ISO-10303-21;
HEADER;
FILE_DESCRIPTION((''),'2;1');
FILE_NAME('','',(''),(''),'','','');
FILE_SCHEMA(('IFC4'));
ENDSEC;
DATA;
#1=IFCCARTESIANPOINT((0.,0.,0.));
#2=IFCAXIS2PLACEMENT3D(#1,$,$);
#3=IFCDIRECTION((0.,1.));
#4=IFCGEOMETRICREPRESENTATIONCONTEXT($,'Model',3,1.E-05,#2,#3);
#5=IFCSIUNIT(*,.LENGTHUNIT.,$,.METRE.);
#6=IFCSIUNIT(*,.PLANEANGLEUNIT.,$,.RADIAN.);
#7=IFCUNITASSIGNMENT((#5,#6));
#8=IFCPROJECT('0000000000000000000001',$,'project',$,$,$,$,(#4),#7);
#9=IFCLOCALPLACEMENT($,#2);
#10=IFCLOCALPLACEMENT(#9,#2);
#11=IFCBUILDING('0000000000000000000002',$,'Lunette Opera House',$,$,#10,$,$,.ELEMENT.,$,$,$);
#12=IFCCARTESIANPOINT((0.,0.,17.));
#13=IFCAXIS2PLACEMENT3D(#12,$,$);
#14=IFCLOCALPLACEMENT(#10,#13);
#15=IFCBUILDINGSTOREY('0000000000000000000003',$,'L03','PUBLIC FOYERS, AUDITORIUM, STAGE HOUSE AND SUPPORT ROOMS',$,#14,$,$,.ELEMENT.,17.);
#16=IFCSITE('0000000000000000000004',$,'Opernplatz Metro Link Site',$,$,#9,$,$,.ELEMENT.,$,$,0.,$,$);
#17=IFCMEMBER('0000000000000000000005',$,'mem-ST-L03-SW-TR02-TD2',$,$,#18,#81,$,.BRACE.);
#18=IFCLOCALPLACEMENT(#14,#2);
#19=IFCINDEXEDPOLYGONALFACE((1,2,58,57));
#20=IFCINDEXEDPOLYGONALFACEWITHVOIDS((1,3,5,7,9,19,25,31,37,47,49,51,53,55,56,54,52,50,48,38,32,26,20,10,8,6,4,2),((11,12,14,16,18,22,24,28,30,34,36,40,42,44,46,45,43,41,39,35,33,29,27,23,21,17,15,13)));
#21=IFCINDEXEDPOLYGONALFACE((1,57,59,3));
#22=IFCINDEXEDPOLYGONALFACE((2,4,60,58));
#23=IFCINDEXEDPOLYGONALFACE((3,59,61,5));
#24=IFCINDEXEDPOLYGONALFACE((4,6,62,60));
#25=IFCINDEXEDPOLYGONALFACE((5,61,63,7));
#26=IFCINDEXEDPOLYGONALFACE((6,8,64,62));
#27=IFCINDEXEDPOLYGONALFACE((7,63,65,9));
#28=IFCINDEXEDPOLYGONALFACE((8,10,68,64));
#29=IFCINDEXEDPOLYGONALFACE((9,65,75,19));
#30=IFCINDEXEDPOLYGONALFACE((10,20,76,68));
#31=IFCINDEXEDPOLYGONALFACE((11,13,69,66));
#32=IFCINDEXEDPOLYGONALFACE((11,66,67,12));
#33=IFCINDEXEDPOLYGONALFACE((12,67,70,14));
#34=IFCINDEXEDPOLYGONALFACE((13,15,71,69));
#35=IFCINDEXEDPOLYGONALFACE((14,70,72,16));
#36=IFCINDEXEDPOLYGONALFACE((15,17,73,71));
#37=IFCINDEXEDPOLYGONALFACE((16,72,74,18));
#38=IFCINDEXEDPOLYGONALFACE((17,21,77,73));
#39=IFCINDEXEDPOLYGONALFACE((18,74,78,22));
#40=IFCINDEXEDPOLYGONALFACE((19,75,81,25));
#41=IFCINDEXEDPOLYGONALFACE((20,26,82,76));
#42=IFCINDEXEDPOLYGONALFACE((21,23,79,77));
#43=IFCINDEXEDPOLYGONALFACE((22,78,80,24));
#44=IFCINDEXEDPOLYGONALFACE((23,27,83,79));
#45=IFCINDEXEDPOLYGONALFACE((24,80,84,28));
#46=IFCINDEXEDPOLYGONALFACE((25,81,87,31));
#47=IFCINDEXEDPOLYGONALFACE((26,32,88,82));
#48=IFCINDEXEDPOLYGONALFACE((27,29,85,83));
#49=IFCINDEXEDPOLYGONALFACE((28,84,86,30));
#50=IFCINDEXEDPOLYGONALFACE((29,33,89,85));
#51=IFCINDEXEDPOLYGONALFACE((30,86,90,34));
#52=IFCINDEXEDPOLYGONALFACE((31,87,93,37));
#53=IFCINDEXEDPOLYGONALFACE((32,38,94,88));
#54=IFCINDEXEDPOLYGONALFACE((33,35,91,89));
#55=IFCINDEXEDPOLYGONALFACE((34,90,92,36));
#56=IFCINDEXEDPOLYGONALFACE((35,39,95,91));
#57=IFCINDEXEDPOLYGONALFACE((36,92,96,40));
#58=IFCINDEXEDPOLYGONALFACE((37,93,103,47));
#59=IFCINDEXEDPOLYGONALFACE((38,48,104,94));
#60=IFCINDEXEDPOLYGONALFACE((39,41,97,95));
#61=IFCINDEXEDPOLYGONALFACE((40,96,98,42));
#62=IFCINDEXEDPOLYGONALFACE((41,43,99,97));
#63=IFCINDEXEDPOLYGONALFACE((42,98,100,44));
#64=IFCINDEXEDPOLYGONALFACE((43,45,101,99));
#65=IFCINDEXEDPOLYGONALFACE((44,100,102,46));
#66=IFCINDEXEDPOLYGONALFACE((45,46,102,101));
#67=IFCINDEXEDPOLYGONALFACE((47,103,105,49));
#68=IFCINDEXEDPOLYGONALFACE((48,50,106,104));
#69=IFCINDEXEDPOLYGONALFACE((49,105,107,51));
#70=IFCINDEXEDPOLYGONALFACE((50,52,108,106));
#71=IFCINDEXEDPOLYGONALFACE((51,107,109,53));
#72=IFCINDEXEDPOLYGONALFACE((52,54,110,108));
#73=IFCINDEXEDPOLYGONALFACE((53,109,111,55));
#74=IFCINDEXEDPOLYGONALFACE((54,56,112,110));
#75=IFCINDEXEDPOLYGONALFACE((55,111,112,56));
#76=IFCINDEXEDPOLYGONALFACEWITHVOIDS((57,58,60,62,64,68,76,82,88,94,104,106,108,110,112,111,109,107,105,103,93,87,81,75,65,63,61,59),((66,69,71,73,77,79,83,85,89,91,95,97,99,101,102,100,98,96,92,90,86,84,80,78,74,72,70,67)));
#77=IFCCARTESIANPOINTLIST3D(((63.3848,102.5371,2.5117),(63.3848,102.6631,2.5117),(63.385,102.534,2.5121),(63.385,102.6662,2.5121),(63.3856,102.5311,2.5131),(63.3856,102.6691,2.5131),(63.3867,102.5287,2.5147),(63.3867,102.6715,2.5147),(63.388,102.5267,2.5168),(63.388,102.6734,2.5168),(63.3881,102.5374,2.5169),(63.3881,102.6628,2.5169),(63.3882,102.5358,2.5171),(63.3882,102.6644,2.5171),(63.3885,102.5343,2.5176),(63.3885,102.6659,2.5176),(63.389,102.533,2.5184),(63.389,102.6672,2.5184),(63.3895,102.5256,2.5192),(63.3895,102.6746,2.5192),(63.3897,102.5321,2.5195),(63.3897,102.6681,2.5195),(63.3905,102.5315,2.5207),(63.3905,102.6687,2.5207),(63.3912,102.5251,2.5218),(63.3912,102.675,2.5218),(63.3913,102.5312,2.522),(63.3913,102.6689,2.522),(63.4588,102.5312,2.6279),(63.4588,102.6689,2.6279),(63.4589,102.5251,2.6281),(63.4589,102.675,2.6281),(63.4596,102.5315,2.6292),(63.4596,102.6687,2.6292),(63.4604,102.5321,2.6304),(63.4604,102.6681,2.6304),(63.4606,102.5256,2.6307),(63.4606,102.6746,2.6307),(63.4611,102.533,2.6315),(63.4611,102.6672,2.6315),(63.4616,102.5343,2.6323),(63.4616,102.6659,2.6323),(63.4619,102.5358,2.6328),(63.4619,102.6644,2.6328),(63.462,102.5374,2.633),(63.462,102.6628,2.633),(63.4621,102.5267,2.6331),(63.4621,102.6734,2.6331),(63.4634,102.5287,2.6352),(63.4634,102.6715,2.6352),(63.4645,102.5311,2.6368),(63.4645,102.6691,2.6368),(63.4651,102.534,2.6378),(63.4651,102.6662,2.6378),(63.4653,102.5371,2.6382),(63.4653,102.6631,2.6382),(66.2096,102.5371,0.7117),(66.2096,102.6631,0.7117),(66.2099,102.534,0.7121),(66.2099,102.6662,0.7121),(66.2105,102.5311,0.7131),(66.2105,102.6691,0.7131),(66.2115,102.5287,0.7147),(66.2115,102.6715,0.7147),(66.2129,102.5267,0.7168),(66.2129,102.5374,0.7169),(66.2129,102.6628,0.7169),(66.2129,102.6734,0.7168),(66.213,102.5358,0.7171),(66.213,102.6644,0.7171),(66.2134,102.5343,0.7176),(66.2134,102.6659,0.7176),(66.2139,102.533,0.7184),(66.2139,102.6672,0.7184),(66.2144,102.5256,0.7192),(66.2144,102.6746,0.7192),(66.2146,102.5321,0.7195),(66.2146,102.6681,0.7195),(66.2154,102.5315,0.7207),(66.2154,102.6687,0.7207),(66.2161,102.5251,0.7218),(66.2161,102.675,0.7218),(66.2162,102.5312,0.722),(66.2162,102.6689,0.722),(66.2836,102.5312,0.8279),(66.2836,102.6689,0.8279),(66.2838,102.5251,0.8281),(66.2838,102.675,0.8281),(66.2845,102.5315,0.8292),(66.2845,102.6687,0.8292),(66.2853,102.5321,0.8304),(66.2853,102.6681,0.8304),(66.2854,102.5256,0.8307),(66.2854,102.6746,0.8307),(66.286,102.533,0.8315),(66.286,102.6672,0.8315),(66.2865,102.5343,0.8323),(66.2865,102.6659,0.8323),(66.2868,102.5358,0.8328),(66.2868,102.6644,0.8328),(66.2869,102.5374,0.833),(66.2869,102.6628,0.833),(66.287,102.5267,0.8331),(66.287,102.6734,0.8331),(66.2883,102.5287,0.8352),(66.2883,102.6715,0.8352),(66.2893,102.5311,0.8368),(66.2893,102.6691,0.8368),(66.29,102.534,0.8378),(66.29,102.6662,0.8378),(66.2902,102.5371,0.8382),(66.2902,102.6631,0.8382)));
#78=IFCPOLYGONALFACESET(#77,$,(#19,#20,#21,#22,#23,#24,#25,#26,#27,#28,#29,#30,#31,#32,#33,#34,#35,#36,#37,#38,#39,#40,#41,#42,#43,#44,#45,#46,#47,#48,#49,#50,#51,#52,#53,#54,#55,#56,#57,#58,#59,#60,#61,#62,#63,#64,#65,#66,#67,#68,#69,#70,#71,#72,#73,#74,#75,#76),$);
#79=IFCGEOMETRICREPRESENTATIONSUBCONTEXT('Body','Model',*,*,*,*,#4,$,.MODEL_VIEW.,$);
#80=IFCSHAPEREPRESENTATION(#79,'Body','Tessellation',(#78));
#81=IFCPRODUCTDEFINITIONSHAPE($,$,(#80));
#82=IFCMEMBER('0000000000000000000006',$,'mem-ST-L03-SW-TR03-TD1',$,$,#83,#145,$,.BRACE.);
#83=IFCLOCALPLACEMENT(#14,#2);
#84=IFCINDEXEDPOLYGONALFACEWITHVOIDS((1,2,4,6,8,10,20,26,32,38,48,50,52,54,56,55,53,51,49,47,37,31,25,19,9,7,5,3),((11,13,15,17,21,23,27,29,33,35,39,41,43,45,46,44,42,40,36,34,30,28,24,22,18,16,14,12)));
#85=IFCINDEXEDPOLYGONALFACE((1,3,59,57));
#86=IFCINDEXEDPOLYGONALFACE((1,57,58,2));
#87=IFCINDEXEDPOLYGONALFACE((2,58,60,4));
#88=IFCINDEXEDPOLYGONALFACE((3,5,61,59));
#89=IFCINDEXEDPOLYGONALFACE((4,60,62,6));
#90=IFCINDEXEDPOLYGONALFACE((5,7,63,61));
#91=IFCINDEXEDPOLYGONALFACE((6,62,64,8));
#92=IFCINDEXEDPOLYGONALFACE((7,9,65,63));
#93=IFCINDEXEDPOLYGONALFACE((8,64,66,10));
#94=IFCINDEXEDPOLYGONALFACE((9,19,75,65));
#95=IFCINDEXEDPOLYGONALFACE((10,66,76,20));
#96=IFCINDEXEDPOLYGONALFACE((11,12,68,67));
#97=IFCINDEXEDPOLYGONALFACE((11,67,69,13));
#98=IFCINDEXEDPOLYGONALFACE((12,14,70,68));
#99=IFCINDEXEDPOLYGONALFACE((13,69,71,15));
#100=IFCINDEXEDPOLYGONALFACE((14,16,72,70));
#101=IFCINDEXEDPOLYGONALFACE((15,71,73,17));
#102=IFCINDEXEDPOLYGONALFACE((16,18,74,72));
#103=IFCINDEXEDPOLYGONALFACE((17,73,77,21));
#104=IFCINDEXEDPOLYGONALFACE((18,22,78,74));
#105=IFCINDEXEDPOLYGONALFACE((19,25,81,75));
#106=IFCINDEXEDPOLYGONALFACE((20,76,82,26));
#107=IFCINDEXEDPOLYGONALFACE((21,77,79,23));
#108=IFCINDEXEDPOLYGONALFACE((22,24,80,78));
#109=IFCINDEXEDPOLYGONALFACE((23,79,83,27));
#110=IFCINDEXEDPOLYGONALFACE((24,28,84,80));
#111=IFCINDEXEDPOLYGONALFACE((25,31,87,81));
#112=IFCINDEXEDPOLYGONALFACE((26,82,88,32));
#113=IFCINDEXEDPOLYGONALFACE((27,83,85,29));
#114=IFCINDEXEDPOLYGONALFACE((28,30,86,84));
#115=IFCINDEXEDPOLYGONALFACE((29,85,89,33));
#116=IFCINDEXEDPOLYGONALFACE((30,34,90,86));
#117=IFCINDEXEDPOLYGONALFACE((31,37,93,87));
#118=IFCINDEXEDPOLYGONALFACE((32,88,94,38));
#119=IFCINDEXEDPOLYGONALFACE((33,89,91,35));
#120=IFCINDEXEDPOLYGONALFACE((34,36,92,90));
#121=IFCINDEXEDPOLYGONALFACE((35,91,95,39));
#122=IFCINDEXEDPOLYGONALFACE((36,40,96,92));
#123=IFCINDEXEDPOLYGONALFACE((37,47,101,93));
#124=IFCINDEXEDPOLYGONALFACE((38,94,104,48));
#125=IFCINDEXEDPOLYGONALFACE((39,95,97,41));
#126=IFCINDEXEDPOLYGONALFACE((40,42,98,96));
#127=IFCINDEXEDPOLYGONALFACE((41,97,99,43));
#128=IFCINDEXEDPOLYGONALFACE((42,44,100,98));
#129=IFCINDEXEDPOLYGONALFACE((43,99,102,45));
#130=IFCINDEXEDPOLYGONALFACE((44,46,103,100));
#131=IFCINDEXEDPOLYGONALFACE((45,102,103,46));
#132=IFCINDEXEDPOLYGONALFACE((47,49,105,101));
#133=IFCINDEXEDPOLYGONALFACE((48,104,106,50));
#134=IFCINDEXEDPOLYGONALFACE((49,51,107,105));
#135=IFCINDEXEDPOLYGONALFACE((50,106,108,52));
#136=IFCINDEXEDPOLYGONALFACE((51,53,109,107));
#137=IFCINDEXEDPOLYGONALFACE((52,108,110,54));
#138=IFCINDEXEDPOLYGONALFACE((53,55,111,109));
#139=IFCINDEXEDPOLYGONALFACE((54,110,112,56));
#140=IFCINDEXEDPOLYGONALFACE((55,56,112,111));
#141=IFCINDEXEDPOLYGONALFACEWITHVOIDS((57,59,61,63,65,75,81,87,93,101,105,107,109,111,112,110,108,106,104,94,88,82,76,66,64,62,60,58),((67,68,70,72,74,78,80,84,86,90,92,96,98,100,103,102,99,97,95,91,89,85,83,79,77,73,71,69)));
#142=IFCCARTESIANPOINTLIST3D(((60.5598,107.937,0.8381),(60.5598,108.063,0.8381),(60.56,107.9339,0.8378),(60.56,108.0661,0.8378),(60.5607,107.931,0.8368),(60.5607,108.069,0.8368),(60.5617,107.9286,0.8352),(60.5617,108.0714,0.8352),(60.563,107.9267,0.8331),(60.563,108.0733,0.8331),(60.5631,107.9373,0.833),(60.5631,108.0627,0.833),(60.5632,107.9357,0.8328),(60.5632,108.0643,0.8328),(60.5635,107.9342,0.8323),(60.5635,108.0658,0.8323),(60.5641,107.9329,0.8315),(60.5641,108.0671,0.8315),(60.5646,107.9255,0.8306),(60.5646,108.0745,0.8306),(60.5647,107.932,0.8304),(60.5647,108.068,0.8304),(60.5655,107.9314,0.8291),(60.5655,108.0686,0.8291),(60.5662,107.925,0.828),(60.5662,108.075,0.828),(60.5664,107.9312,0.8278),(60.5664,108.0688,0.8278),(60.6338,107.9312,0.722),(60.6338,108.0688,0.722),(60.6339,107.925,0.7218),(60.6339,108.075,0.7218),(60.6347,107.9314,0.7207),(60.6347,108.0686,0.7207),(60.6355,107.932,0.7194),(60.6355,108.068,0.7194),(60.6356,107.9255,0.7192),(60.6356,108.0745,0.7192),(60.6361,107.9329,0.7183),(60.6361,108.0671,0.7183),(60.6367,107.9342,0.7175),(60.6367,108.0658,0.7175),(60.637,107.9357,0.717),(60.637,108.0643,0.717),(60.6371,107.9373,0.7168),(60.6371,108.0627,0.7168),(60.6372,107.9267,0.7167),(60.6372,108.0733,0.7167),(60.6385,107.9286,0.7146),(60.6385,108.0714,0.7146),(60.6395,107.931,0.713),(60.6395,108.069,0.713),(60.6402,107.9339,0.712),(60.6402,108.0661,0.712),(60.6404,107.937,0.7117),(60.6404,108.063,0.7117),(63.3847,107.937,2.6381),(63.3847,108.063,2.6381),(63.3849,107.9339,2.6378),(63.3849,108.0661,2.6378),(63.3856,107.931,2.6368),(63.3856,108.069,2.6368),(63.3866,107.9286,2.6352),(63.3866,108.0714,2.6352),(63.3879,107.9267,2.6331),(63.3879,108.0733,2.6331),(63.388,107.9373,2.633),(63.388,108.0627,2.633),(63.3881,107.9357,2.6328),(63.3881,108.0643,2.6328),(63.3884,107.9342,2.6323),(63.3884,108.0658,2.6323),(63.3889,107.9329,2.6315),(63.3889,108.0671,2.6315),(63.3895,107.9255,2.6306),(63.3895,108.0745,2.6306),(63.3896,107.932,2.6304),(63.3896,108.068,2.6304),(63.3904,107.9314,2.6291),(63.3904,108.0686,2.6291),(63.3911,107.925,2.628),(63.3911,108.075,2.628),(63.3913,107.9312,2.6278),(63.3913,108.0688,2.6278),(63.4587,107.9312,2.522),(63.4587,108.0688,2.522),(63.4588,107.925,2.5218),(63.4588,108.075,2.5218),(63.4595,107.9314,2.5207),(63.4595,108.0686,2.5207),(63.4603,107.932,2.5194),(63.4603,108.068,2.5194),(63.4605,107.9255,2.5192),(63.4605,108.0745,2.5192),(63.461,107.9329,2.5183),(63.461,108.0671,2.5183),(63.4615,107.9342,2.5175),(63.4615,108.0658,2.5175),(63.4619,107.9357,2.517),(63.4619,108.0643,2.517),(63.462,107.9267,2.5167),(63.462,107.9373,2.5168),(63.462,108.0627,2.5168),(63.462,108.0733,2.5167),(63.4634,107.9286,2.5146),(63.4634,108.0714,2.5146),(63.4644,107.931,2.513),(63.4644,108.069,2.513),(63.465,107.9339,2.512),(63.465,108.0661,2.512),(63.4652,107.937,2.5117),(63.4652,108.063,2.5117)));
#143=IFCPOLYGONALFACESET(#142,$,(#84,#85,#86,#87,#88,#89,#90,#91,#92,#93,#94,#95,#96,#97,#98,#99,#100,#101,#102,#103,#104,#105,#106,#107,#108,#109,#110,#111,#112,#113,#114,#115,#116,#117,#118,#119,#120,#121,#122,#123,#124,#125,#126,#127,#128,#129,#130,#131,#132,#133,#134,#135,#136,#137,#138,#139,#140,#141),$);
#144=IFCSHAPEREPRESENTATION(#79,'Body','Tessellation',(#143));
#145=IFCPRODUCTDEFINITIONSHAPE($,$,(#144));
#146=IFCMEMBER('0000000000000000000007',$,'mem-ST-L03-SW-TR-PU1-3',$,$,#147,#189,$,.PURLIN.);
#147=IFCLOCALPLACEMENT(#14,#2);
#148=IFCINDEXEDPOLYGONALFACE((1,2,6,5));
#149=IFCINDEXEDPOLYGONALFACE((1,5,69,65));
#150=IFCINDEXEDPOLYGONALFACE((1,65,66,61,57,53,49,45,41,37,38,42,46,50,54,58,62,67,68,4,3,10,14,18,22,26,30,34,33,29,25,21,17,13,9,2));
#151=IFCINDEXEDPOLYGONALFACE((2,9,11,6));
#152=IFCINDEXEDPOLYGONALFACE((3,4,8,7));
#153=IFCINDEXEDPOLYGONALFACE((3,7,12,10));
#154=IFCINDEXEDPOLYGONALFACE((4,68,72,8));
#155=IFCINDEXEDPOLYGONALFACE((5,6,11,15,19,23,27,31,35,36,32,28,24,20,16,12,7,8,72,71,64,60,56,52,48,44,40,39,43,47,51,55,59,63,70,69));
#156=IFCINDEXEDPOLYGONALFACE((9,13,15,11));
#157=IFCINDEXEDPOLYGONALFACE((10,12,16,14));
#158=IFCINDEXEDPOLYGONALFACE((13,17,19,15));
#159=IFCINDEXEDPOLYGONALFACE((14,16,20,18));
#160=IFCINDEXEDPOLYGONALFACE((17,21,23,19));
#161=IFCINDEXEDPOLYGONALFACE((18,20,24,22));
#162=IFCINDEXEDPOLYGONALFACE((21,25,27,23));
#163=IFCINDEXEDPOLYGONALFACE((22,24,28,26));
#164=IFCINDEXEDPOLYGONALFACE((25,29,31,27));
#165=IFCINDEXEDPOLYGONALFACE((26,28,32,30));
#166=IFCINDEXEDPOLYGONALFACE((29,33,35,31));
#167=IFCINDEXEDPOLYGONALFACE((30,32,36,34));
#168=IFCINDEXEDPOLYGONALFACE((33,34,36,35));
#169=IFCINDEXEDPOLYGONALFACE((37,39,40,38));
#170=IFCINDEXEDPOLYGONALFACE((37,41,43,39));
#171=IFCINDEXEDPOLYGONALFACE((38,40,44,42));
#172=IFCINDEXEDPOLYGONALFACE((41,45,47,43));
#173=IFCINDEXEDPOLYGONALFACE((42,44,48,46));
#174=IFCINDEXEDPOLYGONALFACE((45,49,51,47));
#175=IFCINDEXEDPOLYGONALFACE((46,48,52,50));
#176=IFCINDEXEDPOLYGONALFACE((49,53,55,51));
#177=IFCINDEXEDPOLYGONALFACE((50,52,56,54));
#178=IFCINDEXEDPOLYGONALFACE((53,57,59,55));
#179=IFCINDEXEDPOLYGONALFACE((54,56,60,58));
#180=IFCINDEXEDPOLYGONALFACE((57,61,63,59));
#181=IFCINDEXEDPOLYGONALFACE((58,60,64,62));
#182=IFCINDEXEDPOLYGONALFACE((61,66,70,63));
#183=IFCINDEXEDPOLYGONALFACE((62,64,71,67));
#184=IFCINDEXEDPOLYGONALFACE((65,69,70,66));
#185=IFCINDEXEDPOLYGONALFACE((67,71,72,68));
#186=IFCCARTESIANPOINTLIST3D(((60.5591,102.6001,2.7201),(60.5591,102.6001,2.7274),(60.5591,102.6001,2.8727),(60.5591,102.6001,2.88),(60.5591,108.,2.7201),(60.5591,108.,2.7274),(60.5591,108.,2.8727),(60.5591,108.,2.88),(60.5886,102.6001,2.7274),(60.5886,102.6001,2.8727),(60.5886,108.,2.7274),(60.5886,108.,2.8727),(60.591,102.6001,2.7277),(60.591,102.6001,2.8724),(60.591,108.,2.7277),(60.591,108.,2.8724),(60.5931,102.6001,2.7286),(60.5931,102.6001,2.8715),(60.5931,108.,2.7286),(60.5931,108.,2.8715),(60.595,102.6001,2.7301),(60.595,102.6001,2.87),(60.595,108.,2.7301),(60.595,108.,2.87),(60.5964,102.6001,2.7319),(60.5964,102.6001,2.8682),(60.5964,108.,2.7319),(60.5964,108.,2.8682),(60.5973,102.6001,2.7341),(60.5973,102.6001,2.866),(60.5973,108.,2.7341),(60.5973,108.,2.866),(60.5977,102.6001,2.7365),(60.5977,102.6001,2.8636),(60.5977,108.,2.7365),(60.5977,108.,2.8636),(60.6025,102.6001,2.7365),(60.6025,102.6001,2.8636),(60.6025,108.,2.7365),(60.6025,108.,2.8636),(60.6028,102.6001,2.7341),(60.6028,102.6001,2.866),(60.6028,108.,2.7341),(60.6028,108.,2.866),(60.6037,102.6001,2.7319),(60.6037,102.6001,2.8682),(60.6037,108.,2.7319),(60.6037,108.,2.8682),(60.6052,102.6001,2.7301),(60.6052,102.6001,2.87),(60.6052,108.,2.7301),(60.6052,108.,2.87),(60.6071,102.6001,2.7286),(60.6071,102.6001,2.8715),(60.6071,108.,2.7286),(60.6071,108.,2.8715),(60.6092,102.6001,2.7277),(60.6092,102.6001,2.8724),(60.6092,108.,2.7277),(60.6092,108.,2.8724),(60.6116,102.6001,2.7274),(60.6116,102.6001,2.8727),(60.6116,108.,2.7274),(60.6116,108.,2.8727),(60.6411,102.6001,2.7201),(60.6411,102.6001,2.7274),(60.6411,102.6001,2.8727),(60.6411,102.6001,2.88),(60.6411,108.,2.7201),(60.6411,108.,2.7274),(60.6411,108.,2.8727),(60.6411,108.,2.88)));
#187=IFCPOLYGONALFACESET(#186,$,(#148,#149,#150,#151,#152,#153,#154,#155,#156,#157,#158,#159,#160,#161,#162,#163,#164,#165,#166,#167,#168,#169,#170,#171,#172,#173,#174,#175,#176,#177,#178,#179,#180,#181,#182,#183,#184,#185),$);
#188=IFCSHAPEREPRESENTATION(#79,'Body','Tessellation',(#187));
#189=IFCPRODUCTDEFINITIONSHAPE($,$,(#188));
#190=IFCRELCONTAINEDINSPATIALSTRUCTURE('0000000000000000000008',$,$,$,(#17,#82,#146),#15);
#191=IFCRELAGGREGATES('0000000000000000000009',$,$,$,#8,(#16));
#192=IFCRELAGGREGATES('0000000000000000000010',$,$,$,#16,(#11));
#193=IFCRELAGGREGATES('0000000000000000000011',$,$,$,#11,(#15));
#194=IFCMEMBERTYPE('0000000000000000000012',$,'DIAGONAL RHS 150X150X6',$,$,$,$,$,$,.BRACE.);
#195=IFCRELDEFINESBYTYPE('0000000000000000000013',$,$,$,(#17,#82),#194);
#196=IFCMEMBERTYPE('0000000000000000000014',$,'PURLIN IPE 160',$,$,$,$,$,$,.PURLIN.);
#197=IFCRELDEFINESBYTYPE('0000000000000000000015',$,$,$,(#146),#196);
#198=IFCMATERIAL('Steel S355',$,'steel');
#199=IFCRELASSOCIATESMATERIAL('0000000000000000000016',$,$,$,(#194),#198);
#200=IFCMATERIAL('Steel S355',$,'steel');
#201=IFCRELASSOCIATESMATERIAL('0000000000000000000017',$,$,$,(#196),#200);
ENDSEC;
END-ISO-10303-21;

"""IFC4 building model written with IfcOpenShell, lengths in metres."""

from ifc_helpers import new_model, si_unit, direction, frame, origin, origin_2d, place, context, subcontext, project, spatial, hollow_rectangle, i_section, extrude, material, material_profile, profile_set, type_object, element, save


model = new_model("IFC4")

# Units and contexts
model_context = context("Model", 3, precision=1e-05, world=origin(), true_north=direction((0.0, 1.0)))
body_context = subcontext(model_context, "Body", "Model", "MODEL_VIEW")
ifc_project = project(units=[si_unit("LENGTHUNIT", "METRE"), si_unit("PLANEANGLEUNIT", "RADIAN")], contexts=[model_context])

# Site, building, storey
site_placement = place(None, origin())
site = spatial("IfcSite", under=ifc_project, at=site_placement, Name="Opernplatz Metro Link Site", CompositionType="ELEMENT", RefElevation=0.0)
building_placement = place(site_placement, origin())
building = spatial("IfcBuilding", under=site, at=building_placement, Name="Lunette Opera House", CompositionType="ELEMENT")
storey_placement = place(building_placement, frame((0.0, 0.0, 17.0)))
storey = spatial("IfcBuildingStorey", under=building, at=storey_placement, Name="L03", Description="PUBLIC FOYERS, AUDITORIUM, STAGE HOUSE AND SUPPORT ROOMS", CompositionType="ELEMENT", Elevation=17.0)

# Members
ifc_material_1 = material(Name="Steel S355", Category="steel")
ifc_material_profile_1 = material_profile(ifc_material_1, hollow_rectangle(XDim=0.1499, YDim=0.1499, WallThickness=0.0061, InnerFilletRadius=0.0061, OuterFilletRadius=0.012, at=origin_2d()), Name="RHS 150X150X6")
ifc_profile_set_1 = profile_set([ifc_material_profile_1], Name="Steel S355")
member_type_1 = type_object("IfcMemberType", Name="DIAGONAL RHS 150X150X6", PredefinedType="BRACE", material=ifc_profile_set_1)
for number, where, z_axis, x_axis, name in (
    (1, (63.425, 102.6001, 2.575), (0.843343, 0.0, -0.537375), (0.0, 1.0, 0.0), "mem-ST-L03-SW-TR02-TD2"),
    (2, (60.6001, 108.0, 0.7749), (0.843343, 0.0, 0.537375), (0.0, 1.0, 0.0), "mem-ST-L03-SW-TR03-TD1"),
):
    element("IfcMember", number, at=place(storey_placement, frame(where, z_axis=z_axis, x_axis=x_axis)), inside=storey, type_object=member_type_1, Name=name, PredefinedType="BRACE", context=body_context, shape_type="SweptSolid", body=[
        extrude(hollow_rectangle(XDim=0.1499, YDim=0.1499, WallThickness=0.0061, InnerFilletRadius=0.0061, OuterFilletRadius=0.012, at=origin_2d()), origin(), (0.0, 0.0, 1.0), 3.3496),
    ])
ifc_material_2 = material(Name="Steel S355", Category="steel")
ifc_material_profile_2 = material_profile(ifc_material_2, i_section(OverallWidth=0.082, OverallDepth=0.1599, WebThickness=0.0049, FlangeThickness=0.0073, FilletRadius=0.009, at=origin_2d()), Name="IPE 160")
ifc_profile_set_2 = profile_set([ifc_material_profile_2], Name="Steel S355")
member_type_2 = type_object("IfcMemberType", Name="PURLIN IPE 160", PredefinedType="PURLIN", material=ifc_profile_set_2)
for number, where, z_axis, x_axis, name in (
    (3, (60.6001, 102.6001, 2.8), (0.0, 1.0, 0.0), (-1.0, 0.0, 0.0), "mem-ST-L03-SW-TR-PU1-3"),
):
    element("IfcMember", number, at=place(storey_placement, frame(where, z_axis=z_axis, x_axis=x_axis)), inside=storey, type_object=member_type_2, Name=name, PredefinedType="PURLIN", context=body_context, shape_type="SweptSolid", body=[
        extrude(i_section(OverallWidth=0.082, OverallDepth=0.1599, WebThickness=0.0049, FlangeThickness=0.0073, FilletRadius=0.009, at=origin_2d()), origin(), (0.0, 0.0, 1.0), 5.3999),
    ])

save(model, "model.ifc")
